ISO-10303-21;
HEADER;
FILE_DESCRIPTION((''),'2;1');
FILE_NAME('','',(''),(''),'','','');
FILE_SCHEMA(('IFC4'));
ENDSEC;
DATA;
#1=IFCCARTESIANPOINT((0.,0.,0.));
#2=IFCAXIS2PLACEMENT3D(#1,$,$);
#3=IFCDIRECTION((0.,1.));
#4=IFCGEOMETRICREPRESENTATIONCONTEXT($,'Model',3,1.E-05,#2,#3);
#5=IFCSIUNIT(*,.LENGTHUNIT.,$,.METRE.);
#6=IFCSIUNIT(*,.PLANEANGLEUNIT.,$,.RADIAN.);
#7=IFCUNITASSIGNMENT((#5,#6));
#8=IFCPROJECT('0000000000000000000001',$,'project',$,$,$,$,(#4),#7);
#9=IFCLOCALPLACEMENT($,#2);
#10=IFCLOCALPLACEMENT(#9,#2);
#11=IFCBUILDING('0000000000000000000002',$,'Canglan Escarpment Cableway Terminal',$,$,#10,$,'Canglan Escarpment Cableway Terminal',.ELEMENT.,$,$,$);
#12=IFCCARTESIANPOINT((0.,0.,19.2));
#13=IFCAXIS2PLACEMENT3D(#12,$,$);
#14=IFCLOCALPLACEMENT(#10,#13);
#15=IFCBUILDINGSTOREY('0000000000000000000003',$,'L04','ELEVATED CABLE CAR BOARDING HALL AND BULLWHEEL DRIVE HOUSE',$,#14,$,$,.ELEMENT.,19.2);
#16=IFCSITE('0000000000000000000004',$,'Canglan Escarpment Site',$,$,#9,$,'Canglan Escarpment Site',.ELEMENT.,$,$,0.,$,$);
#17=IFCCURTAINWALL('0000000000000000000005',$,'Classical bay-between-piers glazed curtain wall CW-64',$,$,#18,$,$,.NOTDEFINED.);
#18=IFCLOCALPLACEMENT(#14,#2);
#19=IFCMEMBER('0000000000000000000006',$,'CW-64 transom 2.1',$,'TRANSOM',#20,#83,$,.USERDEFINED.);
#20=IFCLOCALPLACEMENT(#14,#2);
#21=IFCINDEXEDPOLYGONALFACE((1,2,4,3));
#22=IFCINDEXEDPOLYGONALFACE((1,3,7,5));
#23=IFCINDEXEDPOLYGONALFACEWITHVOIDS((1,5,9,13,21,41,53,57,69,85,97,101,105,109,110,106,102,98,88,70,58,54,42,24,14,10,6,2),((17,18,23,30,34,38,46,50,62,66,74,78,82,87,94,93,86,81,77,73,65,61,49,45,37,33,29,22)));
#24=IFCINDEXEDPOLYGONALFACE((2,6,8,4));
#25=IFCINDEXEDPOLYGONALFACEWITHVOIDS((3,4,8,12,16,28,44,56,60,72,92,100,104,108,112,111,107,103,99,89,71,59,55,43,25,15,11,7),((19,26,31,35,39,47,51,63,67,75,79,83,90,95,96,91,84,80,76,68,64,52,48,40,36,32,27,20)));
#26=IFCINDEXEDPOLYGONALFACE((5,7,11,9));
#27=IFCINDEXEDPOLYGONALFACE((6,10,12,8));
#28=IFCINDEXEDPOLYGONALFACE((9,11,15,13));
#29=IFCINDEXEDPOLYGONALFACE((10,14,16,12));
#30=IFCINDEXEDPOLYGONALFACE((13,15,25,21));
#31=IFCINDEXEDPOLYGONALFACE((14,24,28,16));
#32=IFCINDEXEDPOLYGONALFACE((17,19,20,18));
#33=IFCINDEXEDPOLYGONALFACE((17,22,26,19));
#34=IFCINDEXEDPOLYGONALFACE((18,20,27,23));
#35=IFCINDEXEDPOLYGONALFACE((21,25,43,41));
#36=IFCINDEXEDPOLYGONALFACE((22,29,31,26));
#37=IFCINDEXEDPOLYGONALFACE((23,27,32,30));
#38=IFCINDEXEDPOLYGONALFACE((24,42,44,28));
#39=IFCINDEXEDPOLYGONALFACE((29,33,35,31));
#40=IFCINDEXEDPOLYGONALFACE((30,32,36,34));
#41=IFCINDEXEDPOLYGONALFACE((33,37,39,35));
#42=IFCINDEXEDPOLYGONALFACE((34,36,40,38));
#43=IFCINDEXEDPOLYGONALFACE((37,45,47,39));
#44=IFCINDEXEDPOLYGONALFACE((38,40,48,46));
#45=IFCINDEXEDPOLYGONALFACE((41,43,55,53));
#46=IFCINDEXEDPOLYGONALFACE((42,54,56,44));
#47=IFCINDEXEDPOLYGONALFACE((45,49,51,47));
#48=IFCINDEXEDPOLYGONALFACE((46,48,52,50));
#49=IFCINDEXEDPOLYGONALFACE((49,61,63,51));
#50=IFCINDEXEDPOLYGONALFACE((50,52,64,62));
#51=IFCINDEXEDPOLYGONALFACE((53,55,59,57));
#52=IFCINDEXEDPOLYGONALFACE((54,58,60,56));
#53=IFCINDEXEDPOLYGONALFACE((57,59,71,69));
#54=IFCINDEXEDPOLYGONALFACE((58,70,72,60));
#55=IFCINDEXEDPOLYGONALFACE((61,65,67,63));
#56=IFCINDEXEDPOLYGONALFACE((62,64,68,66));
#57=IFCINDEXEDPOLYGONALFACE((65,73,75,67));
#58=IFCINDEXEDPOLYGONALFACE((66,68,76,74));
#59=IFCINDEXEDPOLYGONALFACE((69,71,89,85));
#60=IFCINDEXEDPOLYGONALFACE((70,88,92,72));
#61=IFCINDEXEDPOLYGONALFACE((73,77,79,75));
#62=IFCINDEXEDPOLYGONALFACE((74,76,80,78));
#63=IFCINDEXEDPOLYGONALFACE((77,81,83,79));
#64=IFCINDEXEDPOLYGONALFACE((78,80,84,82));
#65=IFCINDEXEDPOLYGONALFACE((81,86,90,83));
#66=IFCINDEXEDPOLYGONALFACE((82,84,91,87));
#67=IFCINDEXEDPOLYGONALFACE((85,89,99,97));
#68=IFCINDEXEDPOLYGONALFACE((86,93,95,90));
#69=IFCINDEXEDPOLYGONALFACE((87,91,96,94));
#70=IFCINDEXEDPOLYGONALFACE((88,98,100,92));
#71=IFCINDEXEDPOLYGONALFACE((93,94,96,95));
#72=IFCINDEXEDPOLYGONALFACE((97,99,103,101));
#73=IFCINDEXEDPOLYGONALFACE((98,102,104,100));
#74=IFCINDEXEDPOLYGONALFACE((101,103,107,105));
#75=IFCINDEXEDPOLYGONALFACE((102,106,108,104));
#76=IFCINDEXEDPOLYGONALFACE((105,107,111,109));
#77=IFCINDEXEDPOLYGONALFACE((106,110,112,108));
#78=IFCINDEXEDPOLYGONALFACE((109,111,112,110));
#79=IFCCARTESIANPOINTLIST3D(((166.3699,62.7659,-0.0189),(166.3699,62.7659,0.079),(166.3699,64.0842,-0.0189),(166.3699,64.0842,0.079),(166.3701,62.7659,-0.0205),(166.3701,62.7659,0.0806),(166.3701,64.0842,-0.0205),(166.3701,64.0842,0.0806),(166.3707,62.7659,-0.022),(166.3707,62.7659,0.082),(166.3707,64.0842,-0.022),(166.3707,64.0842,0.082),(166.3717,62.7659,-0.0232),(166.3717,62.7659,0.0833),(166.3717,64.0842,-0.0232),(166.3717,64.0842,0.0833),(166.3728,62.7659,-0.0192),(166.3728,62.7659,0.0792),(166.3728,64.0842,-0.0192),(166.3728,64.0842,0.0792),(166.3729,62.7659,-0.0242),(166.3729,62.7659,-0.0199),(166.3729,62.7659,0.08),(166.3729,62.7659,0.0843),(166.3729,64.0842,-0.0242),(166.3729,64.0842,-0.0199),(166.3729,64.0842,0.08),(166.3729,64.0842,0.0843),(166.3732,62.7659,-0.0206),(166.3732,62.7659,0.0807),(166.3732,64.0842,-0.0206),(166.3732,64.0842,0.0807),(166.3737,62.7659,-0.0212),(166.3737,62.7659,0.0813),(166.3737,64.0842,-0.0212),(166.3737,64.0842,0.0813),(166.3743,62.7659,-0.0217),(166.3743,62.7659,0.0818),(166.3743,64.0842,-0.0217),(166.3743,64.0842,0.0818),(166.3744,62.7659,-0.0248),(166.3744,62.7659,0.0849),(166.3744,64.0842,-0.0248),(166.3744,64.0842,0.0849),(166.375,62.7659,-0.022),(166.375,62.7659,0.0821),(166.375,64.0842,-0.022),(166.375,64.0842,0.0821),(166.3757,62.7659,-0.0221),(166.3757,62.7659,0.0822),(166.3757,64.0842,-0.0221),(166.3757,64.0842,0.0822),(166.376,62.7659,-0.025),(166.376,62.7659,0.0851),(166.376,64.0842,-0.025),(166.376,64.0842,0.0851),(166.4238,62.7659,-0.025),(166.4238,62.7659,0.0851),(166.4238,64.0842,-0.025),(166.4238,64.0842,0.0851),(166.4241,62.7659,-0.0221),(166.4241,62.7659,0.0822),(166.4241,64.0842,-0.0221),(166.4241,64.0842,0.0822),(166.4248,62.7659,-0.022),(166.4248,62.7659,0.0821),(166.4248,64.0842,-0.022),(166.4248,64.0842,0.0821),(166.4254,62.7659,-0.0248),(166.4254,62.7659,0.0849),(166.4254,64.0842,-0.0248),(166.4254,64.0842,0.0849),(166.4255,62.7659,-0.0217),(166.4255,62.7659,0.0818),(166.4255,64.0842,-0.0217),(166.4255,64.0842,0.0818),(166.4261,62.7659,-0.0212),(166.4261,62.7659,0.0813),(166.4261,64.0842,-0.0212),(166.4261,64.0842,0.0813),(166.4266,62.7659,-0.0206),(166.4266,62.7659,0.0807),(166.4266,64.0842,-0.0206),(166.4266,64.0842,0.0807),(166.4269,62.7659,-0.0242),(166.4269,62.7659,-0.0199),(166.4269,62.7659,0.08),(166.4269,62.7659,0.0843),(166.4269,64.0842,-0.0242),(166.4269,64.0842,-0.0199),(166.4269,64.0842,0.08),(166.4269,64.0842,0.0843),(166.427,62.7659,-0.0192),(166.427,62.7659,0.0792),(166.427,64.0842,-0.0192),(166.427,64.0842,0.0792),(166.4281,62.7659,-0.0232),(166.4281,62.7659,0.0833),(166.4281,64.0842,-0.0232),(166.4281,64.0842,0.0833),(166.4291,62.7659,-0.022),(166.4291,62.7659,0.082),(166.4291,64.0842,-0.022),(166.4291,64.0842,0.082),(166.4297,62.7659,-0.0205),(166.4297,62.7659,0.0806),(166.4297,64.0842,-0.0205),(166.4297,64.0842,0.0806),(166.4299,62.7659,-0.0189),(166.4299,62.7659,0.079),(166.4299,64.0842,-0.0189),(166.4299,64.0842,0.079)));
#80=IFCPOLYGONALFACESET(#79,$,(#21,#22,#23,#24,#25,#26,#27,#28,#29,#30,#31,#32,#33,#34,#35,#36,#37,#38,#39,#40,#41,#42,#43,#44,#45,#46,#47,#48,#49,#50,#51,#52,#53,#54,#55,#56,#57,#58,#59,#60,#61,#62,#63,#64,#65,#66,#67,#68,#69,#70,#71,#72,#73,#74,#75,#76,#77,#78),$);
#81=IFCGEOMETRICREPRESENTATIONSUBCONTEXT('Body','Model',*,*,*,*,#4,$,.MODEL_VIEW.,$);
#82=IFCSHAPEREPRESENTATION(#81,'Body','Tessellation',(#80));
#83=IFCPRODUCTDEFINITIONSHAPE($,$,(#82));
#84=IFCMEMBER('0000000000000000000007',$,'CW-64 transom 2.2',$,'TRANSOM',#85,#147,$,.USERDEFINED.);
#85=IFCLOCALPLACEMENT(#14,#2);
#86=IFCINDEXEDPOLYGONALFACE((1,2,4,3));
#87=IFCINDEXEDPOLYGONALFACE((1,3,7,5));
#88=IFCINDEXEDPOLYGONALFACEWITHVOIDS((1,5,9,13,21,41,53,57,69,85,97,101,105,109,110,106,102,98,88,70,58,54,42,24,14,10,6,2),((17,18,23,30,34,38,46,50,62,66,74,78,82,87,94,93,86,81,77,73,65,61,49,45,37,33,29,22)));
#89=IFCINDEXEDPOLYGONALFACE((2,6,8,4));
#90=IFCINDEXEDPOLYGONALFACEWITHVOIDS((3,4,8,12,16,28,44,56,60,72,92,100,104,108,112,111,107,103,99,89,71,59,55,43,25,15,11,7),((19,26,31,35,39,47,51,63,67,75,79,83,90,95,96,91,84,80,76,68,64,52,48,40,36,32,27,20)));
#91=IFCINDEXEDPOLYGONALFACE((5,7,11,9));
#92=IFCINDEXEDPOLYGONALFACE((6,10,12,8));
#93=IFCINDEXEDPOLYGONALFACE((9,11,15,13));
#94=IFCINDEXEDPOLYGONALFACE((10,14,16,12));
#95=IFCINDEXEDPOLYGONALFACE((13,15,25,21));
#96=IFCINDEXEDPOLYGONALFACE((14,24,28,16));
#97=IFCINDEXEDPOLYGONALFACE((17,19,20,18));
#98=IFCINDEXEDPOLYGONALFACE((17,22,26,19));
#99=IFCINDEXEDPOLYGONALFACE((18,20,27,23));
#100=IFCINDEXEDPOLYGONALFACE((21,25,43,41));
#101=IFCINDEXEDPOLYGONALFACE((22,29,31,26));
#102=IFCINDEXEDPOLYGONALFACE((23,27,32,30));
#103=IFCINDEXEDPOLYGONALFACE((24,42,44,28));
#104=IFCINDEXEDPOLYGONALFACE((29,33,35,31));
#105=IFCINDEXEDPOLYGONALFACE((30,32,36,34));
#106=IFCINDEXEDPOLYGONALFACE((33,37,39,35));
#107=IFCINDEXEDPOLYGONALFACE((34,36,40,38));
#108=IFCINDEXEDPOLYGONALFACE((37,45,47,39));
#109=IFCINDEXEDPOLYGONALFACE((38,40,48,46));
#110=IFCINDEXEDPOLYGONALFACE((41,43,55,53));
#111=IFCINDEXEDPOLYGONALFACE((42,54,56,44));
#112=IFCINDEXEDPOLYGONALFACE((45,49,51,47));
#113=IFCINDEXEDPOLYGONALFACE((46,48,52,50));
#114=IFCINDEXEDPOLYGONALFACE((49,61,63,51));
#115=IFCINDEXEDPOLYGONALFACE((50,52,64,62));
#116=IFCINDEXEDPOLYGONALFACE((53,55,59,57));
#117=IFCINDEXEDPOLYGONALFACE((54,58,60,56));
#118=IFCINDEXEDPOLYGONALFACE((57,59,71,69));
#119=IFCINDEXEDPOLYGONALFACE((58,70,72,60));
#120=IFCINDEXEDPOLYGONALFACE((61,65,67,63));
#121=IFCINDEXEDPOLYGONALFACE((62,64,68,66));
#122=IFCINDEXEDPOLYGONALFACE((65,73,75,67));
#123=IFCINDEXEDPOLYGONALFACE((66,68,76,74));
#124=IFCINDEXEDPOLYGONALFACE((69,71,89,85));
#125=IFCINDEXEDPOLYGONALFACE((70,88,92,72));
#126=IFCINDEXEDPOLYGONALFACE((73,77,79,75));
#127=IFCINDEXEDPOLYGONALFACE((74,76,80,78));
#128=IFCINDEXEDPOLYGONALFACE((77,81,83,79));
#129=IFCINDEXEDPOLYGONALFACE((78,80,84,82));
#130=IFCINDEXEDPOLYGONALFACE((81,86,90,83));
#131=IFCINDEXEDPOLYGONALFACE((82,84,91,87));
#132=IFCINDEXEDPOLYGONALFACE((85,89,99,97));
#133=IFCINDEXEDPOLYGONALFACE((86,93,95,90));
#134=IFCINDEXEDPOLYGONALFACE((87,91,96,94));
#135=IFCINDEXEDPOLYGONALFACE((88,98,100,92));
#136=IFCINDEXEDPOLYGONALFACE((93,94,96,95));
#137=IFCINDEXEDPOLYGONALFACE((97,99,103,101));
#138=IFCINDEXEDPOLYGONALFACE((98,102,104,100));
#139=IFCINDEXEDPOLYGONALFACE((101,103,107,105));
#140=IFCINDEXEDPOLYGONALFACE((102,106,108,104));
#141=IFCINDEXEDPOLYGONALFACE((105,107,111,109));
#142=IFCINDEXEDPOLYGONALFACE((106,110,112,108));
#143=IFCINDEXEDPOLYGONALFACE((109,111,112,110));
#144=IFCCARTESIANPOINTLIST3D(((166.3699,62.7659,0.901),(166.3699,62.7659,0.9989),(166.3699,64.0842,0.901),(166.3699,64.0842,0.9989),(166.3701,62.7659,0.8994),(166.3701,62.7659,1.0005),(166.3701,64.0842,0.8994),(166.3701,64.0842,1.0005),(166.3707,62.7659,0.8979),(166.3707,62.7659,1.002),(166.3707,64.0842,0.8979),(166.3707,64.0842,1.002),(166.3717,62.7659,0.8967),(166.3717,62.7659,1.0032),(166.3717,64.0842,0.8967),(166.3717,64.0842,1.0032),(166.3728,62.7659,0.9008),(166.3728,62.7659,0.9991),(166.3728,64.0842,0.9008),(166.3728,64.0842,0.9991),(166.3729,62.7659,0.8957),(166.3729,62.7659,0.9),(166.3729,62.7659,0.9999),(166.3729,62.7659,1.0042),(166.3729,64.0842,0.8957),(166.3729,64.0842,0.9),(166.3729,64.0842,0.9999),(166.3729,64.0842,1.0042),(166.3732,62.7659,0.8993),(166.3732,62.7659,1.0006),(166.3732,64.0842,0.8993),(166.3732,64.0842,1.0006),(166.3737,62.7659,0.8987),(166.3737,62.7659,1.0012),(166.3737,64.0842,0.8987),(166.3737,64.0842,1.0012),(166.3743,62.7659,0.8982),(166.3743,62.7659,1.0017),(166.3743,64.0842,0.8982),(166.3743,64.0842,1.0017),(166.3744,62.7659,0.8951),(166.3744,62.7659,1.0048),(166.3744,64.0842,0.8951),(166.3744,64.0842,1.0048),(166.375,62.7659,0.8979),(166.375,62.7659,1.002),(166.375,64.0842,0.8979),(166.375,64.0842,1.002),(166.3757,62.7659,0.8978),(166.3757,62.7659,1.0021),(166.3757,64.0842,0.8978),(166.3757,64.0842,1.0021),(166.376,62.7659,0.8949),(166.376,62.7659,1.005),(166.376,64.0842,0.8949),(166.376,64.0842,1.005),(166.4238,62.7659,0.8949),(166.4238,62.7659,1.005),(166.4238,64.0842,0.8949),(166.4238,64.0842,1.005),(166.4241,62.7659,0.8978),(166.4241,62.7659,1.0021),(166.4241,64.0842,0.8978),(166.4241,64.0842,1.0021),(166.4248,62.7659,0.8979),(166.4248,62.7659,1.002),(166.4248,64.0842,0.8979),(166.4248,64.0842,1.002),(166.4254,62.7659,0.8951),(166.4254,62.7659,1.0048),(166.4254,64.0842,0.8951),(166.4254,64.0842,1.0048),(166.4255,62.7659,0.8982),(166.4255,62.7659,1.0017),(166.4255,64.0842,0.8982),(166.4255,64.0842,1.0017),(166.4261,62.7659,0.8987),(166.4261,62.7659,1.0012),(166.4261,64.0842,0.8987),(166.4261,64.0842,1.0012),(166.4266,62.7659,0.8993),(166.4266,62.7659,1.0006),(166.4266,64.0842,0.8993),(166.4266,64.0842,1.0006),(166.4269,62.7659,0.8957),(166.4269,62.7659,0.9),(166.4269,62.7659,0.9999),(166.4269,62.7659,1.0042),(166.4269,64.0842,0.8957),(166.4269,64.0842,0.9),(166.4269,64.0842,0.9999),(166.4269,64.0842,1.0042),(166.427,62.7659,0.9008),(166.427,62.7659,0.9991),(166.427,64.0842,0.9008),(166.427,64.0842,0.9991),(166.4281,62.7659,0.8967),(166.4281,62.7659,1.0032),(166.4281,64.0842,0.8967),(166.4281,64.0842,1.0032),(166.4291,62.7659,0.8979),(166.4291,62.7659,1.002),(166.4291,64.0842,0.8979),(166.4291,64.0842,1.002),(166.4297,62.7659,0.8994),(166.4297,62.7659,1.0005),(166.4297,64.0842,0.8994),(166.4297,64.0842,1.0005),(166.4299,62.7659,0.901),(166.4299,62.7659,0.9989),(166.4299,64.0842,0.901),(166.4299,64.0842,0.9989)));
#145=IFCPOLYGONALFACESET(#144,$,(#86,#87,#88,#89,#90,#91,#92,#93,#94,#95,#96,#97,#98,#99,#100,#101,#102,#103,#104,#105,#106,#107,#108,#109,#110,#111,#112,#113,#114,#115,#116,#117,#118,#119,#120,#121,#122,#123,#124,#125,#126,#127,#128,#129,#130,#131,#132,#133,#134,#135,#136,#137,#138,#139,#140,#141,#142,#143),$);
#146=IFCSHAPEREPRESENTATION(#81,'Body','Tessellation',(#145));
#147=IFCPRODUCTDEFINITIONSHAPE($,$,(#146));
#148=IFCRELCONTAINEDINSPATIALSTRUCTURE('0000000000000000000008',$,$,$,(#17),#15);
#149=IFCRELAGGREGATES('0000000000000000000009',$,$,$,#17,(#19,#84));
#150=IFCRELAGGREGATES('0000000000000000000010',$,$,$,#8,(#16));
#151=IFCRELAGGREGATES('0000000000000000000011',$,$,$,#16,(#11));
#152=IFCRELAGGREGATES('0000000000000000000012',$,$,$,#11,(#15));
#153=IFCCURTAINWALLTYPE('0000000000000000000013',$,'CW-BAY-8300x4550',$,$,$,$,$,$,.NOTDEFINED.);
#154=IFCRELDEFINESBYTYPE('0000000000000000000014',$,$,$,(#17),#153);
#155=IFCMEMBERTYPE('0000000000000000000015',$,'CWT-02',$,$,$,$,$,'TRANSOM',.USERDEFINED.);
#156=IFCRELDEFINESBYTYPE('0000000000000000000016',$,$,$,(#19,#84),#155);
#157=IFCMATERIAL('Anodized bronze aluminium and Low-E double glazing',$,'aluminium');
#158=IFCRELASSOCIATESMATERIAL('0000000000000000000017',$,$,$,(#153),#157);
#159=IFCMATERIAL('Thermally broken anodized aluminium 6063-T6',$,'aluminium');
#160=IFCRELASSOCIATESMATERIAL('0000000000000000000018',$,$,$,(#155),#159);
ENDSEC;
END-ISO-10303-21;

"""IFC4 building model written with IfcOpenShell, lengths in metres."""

from ifc_helpers import new_model, si_unit, direction, frame, origin, origin_2d, place, context, subcontext, project, spatial, hollow_rectangle, extrude, material, material_profile, profile_set, type_object, element, aggregate, save


model = new_model("IFC4")

# Units and contexts
model_context = context("Model", 3, precision=1e-05, world=origin(), true_north=direction((0.0, 1.0)))
body_context = subcontext(model_context, "Body", "Model", "MODEL_VIEW")
ifc_project = project(units=[si_unit("LENGTHUNIT", "METRE"), si_unit("PLANEANGLEUNIT", "RADIAN")], contexts=[model_context])

# Site, building, storey
site_placement = place(None, origin())
site = spatial("IfcSite", under=ifc_project, at=site_placement, Name="Canglan Escarpment Site", LongName="Canglan Escarpment Site", CompositionType="ELEMENT", RefElevation=0.0)
building_placement = place(site_placement, origin())
building = spatial("IfcBuilding", under=site, at=building_placement, Name="Canglan Escarpment Cableway Terminal", LongName="Canglan Escarpment Cableway Terminal", CompositionType="ELEMENT")
storey_placement = place(building_placement, frame((0.0, 0.0, 19.2)))
storey = spatial("IfcBuildingStorey", under=building, at=storey_placement, Name="L04", Description="ELEVATED CABLE CAR BOARDING HALL AND BULLWHEEL DRIVE HOUSE", CompositionType="ELEMENT", Elevation=19.2)

# Curtain wall
ifc_material_1 = material(Name="Anodized bronze aluminium and Low-E double glazing", Category="aluminium")
curtain_wall_type = type_object("IfcCurtainWallType", Name="CW-BAY-8300x4550", PredefinedType="NOTDEFINED", material=ifc_material_1)
ifc_material_2 = material(Name="Thermally broken anodized aluminium 6063-T6", Category="aluminium")
curtain_wall_1_placement = place(storey_placement, origin())
curtain_wall_1 = element("IfcCurtainWall", 1, at=curtain_wall_1_placement, inside=storey, type_object=curtain_wall_type, Name="Classical bay-between-piers glazed curtain wall CW-64", PredefinedType="NOTDEFINED")

# Members
ifc_material_profile_1 = material_profile(ifc_material_2, hollow_rectangle(XDim=0.0601, YDim=0.1101, WallThickness=0.0029, InnerFilletRadius=0.0029, OuterFilletRadius=0.0061, at=origin_2d()), Name="ALU-TRAN 60x110x3")
ifc_profile_set_1 = profile_set([ifc_material_profile_1], Name="Thermally broken anodized aluminium 6063-T6")
member_type_1 = type_object("IfcMemberType", Name="CWT-02", ElementType="TRANSOM", PredefinedType="USERDEFINED", material=ifc_profile_set_1)
member_1_placement = place(storey_placement, frame((166.3999, 62.7659, 0.03), z_axis=(0.0, 1.0, 0.0), x_axis=(-1.0, 0.0, 0.0)))
member_1 = element("IfcMember", 2, at=member_1_placement, type_object=member_type_1, Name="CW-64 transom 2.1", ObjectType="TRANSOM", PredefinedType="USERDEFINED", context=body_context, shape_type="SweptSolid", body=[
    extrude(hollow_rectangle(XDim=0.0601, YDim=0.1101, WallThickness=0.0029, InnerFilletRadius=0.0029, OuterFilletRadius=0.0061, at=origin_2d()), origin(), (0.0, 0.0, 1.0), 1.3184),
])
member_2_placement = place(storey_placement, frame((166.3999, 62.7659, 0.95), z_axis=(0.0, 1.0, 0.0), x_axis=(-1.0, 0.0, 0.0)))
member_2 = element("IfcMember", 3, at=member_2_placement, type_object=member_type_1, Name="CW-64 transom 2.2", ObjectType="TRANSOM", PredefinedType="USERDEFINED", context=body_context, shape_type="SweptSolid", body=[
    extrude(hollow_rectangle(XDim=0.0601, YDim=0.1101, WallThickness=0.0029, InnerFilletRadius=0.0029, OuterFilletRadius=0.0061, at=origin_2d()), origin(), (0.0, 0.0, 1.0), 1.3184),
])

aggregate(curtain_wall_1, [member_1, member_2])

save(model, "model.ifc")
